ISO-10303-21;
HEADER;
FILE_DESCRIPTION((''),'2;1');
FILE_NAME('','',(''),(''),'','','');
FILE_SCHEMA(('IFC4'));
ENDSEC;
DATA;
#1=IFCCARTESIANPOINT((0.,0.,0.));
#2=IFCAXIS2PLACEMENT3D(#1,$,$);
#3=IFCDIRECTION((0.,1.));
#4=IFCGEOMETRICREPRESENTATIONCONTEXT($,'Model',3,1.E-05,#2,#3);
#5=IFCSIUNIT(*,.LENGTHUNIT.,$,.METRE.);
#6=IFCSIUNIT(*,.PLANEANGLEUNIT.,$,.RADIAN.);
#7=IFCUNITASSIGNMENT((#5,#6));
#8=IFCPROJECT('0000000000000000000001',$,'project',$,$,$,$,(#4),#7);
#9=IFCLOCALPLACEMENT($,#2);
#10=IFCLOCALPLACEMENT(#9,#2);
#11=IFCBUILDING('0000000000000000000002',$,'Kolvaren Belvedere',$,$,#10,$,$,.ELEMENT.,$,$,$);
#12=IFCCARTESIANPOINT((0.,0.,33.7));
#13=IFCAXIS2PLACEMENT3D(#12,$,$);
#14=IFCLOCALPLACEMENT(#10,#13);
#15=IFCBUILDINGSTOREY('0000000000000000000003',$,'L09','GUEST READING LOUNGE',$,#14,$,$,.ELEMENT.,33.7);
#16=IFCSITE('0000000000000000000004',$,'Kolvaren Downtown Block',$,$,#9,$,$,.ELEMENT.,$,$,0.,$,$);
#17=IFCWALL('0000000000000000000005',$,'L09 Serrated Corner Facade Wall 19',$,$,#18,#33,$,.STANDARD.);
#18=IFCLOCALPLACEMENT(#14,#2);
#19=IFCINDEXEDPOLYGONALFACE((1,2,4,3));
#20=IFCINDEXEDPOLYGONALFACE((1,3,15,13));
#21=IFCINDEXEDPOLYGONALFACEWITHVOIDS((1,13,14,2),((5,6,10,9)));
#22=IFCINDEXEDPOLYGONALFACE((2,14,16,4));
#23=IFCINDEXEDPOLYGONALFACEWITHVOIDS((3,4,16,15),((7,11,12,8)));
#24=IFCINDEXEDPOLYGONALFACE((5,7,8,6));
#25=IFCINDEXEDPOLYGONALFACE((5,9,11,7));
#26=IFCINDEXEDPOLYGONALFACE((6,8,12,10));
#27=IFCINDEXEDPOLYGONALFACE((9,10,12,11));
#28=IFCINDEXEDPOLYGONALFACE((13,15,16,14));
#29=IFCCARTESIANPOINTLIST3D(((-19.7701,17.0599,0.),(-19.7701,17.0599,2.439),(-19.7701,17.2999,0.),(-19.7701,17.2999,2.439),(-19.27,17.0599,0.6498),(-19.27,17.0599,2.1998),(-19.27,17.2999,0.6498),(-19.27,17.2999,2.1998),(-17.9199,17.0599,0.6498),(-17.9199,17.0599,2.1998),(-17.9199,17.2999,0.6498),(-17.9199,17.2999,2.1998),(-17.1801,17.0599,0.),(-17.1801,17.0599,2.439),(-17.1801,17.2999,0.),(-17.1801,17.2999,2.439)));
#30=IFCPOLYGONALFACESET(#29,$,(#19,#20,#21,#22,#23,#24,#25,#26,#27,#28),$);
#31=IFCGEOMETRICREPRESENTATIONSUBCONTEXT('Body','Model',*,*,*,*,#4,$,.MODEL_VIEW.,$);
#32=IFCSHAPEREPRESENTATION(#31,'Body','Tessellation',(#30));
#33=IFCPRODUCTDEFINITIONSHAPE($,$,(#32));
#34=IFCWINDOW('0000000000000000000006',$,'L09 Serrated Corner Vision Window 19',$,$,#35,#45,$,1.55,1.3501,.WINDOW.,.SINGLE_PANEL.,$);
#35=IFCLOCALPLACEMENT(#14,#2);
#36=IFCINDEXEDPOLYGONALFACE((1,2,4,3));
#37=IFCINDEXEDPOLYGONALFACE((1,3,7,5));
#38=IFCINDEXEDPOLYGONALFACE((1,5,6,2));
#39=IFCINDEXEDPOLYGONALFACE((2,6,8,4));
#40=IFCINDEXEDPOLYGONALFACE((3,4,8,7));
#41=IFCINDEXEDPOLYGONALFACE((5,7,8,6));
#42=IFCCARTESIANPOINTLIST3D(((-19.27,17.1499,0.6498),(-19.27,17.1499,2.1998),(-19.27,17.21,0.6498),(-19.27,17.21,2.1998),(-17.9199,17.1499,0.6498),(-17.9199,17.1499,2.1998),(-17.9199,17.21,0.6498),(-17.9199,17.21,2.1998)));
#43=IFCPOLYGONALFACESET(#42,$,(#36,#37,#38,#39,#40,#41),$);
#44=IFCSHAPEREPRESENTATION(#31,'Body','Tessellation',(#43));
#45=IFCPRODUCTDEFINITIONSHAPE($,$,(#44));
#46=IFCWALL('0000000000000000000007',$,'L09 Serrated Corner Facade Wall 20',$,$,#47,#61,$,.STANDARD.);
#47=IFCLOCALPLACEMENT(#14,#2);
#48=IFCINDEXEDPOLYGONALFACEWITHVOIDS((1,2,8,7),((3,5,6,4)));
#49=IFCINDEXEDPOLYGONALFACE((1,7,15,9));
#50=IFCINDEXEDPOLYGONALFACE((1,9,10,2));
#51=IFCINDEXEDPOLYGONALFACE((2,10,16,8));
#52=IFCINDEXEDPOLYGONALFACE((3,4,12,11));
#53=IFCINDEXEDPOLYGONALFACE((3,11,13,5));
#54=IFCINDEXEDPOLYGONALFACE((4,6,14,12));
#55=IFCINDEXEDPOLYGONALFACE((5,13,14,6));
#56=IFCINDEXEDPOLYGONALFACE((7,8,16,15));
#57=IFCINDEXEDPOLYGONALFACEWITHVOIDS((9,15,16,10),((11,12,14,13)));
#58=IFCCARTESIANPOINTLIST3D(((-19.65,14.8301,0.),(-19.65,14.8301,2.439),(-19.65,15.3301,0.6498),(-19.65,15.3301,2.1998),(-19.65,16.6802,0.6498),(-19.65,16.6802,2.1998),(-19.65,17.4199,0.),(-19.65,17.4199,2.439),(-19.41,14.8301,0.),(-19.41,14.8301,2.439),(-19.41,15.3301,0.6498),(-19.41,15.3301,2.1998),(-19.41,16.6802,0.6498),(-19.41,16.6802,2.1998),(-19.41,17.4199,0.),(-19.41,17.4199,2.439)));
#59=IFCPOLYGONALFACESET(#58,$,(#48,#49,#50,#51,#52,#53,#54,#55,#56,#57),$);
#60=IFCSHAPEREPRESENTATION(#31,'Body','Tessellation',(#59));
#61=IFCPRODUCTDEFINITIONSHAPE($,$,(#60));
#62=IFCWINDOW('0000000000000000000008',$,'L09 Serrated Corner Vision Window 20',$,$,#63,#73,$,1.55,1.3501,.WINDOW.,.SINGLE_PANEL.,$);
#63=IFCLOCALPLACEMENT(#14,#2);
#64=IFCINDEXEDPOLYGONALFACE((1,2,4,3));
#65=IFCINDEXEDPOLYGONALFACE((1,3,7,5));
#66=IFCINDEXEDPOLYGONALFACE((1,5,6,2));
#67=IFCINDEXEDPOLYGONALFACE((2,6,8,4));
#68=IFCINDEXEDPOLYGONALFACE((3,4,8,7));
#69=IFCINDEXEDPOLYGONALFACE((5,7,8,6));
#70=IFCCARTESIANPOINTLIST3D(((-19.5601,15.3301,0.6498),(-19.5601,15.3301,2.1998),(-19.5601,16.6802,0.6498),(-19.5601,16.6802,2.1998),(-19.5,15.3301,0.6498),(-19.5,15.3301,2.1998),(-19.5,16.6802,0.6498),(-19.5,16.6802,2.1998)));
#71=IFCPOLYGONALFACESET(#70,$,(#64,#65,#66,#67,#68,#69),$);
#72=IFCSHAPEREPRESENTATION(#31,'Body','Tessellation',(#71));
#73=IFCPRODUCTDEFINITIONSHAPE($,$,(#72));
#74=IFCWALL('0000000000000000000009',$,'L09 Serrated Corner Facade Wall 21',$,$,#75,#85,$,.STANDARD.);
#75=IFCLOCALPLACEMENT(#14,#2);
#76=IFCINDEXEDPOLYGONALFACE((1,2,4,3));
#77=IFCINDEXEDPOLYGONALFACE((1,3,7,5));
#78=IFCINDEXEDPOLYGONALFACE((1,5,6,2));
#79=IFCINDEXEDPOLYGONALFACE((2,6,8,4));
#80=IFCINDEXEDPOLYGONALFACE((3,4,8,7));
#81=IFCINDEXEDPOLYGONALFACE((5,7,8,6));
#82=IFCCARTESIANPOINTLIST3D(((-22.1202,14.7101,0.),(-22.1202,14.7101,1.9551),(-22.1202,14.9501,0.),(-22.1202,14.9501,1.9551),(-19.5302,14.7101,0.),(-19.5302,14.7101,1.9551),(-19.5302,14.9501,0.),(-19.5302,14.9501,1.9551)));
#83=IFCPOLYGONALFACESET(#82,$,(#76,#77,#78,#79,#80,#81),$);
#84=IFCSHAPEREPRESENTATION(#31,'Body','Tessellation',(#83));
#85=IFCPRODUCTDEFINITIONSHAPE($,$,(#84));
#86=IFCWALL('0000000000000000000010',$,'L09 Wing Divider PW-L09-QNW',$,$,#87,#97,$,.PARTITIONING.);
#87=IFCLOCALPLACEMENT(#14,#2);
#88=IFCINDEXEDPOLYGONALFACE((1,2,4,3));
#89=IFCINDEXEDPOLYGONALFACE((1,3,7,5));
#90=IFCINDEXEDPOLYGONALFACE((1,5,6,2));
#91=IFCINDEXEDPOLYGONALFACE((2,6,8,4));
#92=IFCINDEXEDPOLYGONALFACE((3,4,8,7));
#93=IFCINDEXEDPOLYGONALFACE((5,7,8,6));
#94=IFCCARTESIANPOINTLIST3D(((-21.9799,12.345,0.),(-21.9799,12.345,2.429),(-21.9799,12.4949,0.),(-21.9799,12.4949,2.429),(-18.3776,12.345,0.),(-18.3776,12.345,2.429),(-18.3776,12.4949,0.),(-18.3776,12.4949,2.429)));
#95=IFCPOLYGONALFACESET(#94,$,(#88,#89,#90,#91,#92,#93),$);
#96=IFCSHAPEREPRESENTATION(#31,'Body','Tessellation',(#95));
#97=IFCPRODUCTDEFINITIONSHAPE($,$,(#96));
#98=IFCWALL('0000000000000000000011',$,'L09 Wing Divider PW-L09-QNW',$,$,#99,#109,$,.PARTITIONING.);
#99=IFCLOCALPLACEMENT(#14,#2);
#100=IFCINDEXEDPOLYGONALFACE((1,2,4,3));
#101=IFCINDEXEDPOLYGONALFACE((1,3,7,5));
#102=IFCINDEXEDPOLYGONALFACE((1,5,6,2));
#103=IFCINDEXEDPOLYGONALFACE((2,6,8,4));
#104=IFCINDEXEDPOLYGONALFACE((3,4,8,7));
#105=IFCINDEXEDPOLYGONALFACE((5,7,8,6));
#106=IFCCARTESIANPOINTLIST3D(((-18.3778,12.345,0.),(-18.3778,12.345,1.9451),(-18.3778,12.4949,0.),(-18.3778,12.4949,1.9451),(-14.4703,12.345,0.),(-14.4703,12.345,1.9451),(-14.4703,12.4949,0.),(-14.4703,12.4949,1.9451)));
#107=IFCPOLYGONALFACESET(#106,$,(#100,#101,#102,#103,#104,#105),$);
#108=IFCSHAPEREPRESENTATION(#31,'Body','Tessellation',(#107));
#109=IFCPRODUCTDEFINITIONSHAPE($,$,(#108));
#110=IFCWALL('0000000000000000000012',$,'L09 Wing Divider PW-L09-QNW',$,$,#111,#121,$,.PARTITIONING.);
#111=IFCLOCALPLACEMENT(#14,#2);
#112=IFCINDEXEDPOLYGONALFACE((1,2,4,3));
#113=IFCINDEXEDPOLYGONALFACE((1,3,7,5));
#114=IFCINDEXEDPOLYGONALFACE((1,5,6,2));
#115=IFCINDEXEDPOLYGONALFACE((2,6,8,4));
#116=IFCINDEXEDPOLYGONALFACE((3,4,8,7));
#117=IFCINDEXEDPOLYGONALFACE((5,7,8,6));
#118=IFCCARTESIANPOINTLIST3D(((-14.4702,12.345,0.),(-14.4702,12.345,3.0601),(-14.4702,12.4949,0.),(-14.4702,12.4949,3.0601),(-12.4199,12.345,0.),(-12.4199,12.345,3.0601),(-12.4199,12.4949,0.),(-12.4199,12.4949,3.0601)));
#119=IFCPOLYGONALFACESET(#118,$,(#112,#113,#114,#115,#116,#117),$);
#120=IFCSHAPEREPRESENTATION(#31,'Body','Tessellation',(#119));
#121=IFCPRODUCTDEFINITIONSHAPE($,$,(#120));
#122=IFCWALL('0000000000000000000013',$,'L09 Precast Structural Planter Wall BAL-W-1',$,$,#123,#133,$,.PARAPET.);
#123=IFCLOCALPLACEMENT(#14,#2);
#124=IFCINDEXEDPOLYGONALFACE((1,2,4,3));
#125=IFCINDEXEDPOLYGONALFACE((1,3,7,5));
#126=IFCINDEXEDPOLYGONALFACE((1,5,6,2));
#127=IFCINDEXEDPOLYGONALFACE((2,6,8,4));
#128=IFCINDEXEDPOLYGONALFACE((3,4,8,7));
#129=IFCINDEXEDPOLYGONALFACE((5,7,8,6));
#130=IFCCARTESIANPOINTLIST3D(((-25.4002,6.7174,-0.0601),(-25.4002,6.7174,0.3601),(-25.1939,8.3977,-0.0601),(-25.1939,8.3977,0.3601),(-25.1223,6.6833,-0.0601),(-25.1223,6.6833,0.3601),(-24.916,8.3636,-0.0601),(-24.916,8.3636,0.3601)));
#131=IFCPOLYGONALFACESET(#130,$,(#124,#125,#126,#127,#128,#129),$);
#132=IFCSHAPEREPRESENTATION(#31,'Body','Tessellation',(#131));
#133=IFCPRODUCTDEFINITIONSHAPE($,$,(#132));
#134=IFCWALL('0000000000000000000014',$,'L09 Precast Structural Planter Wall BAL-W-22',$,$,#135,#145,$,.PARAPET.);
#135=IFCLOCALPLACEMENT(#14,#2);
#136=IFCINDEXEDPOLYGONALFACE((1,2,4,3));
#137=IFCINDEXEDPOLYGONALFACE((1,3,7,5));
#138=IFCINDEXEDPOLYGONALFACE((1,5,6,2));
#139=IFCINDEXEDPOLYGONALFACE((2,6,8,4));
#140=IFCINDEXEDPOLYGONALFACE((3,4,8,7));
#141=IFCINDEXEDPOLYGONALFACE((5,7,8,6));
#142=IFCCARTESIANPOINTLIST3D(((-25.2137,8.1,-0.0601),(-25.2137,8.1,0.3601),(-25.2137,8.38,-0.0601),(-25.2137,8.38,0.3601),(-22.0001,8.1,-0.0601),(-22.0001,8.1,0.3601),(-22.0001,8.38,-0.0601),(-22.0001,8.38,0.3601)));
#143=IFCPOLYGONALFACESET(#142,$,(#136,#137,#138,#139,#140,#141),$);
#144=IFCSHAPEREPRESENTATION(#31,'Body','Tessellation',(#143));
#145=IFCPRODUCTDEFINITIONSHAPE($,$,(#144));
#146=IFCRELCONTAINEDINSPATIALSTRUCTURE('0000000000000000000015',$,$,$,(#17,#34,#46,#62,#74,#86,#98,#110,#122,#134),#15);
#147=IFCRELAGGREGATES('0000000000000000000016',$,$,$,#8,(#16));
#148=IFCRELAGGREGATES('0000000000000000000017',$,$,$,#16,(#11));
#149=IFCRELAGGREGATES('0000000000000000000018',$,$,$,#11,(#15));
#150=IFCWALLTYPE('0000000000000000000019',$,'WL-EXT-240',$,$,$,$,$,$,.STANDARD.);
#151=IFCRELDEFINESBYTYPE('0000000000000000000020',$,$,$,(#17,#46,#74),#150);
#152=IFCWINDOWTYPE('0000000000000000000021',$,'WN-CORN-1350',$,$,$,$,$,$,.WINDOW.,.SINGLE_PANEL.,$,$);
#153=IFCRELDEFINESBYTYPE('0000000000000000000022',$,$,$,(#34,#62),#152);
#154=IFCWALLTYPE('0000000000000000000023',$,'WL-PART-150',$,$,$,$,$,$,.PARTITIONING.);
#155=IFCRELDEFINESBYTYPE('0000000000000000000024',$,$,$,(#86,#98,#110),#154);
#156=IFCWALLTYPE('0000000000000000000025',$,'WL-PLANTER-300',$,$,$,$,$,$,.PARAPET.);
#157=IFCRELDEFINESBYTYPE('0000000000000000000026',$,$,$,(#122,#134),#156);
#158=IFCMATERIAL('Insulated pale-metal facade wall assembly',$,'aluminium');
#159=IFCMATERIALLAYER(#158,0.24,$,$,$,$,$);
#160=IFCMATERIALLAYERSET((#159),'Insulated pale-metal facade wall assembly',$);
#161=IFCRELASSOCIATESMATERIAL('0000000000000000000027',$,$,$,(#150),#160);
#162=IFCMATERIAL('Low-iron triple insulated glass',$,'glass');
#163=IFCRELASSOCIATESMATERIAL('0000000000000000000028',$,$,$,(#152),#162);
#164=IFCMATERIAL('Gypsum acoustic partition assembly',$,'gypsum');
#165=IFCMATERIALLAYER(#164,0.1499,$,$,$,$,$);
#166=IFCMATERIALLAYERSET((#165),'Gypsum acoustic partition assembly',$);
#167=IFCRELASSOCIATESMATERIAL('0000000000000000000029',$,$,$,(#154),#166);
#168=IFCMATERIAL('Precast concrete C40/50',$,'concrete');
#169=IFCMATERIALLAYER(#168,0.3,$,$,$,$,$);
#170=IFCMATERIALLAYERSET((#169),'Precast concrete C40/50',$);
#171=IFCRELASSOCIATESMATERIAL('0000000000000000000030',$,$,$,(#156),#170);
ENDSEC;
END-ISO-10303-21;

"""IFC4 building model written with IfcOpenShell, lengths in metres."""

from ifc_helpers import new_model, si_unit, direction, frame, frame_2d, origin, place, context, subcontext, project, spatial, rectangle, extrude, material, layer, layer_set, type_object, element, fill, save


model = new_model("IFC4")

# Units and contexts
model_context = context("Model", 3, precision=1e-05, world=origin(), true_north=direction((0.0, 1.0)))
body_context = subcontext(model_context, "Body", "Model", "MODEL_VIEW")
ifc_project = project(units=[si_unit("LENGTHUNIT", "METRE"), si_unit("PLANEANGLEUNIT", "RADIAN")], contexts=[model_context])

# Site, building, storey
site_placement = place(None, origin())
site = spatial("IfcSite", under=ifc_project, at=site_placement, Name="Kolvaren Downtown Block", CompositionType="ELEMENT", RefElevation=0.0)
building_placement = place(site_placement, origin())
building = spatial("IfcBuilding", under=site, at=building_placement, Name="Kolvaren Belvedere", CompositionType="ELEMENT")
storey_placement = place(building_placement, frame((0.0, 0.0, 33.7)))
storey = spatial("IfcBuildingStorey", under=building, at=storey_placement, Name="L09", Description="GUEST READING LOUNGE", CompositionType="ELEMENT", Elevation=33.7)

# Shared definitions
ifc_material_1 = material(Name="Insulated pale-metal facade wall assembly", Category="aluminium")
ifc_layer_1 = layer(ifc_material_1, 0.24)
ifc_layer_set_1 = layer_set([ifc_layer_1], Name="Insulated pale-metal facade wall assembly")
wall_type_1 = type_object("IfcWallType", Name="WL-EXT-240", PredefinedType="STANDARD", material=ifc_layer_set_1)

# Walls, openings, windows
ifc_material_2 = material(Name="Low-iron triple insulated glass", Category="glass")
window_type = type_object("IfcWindowType", Name="WN-CORN-1350", PartitioningType="SINGLE_PANEL", PredefinedType="WINDOW", material=ifc_material_2)
wall_1_placement = place(storey_placement, frame((-19.77, 17.1799, 0.0), z_axis=(0.0, 0.0, 1.0), x_axis=(1.0, 0.0, 0.0)))
wall_1 = element("IfcWall", 1, at=wall_1_placement, inside=storey, type_object=wall_type_1, Name="L09 Serrated Corner Facade Wall 19", PredefinedType="STANDARD", context=body_context, shape_type="SweptSolid", body=[
    extrude(rectangle(XDim=2.5901, YDim=0.24, at=frame_2d((1.2949, 0.0))), origin(), (0.0, 0.0, 1.0), 2.439),
])
opening_1_placement = place(wall_1_placement, frame((0.5, 0.0, 0.6499)))
opening_1 = element("IfcOpeningElement", 2, at=opening_1_placement, cuts=wall_1, PredefinedType="OPENING", context=body_context, shape_type="SweptSolid", body=[
    extrude(rectangle(XDim=1.3501, YDim=1.55, at=frame_2d((0.675, 0.7749))), frame((0.0, 0.1299, 0.0), z_axis=(0.0, -1.0, 0.0), x_axis=(1.0, 0.0, 0.0)), (0.0, 0.0, 1.0), 0.26),
])
window_1_placement = place(opening_1_placement, origin())
window_1 = element("IfcWindow", 3, at=window_1_placement, inside=storey, type_object=window_type, Name="L09 Serrated Corner Vision Window 19", OverallHeight=1.55, OverallWidth=1.3501, PartitioningType="SINGLE_PANEL", PredefinedType="WINDOW", context=body_context, shape_type="SweptSolid", body=[
    extrude(rectangle(XDim=1.3501, YDim=1.55, at=frame_2d((0.675, 0.7749))), frame((0.0, 0.03, 0.0), z_axis=(0.0, -1.0, 0.0), x_axis=(1.0, 0.0, 0.0)), (0.0, 0.0, 1.0), 0.0601),
])
fill(opening_1, window_1)
wall_2_placement = place(storey_placement, frame((-19.53, 14.8301, 0.0), z_axis=(0.0, 0.0, 1.0), x_axis=(0.0, 1.0, 0.0)))
wall_2 = element("IfcWall", 4, at=wall_2_placement, inside=storey, type_object=wall_type_1, Name="L09 Serrated Corner Facade Wall 20", PredefinedType="STANDARD", context=body_context, shape_type="SweptSolid", body=[
    extrude(rectangle(XDim=2.5898, YDim=0.24, at=frame_2d((1.2949, 0.0))), origin(), (0.0, 0.0, 1.0), 2.439),
])
opening_2_placement = place(wall_2_placement, frame((0.5, 0.0, 0.6499)))
opening_2 = element("IfcOpeningElement", 5, at=opening_2_placement, cuts=wall_2, PredefinedType="OPENING", context=body_context, shape_type="SweptSolid", body=[
    extrude(rectangle(XDim=1.3501, YDim=1.55, at=frame_2d((0.675, 0.7749))), frame((0.0, 0.1299, 0.0), z_axis=(0.0, -1.0, 0.0), x_axis=(1.0, 0.0, 0.0)), (0.0, 0.0, 1.0), 0.26),
])
window_2_placement = place(opening_2_placement, origin())
window_2 = element("IfcWindow", 6, at=window_2_placement, inside=storey, type_object=window_type, Name="L09 Serrated Corner Vision Window 20", OverallHeight=1.55, OverallWidth=1.3501, PartitioningType="SINGLE_PANEL", PredefinedType="WINDOW", context=body_context, shape_type="SweptSolid", body=[
    extrude(rectangle(XDim=1.3501, YDim=1.55, at=frame_2d((0.675, 0.7749))), frame((0.0, 0.03, 0.0), z_axis=(0.0, -1.0, 0.0), x_axis=(1.0, 0.0, 0.0)), (0.0, 0.0, 1.0), 0.0601),
])
fill(opening_2, window_2)

# Walls
wall_3_placement = place(storey_placement, frame((-22.1201, 14.8301, 0.0), z_axis=(0.0, 0.0, 1.0), x_axis=(1.0, 0.0, 0.0)))
element("IfcWall", 7, at=wall_3_placement, inside=storey, type_object=wall_type_1, Name="L09 Serrated Corner Facade Wall 21", PredefinedType="STANDARD", context=body_context, shape_type="SweptSolid", body=[
    extrude(rectangle(XDim=2.5901, YDim=0.24, at=frame_2d((1.2949, 0.0))), origin(), (0.0, 0.0, 1.0), 1.9551),
])
ifc_material_3 = material(Name="Gypsum acoustic partition assembly", Category="gypsum")
ifc_layer_2 = layer(ifc_material_3, 0.1499)
ifc_layer_set_2 = layer_set([ifc_layer_2], Name="Gypsum acoustic partition assembly")
wall_type_2 = type_object("IfcWallType", Name="WL-PART-150", PredefinedType="PARTITIONING", material=ifc_layer_set_2)
wall_4_placement = place(storey_placement, frame((-21.98, 12.4199, 0.0), z_axis=(0.0, 0.0, 1.0), x_axis=(1.0, 0.0, 0.0)))
element("IfcWall", 8, at=wall_4_placement, inside=storey, type_object=wall_type_2, Name="L09 Wing Divider PW-L09-QNW", PredefinedType="PARTITIONING", context=body_context, shape_type="SweptSolid", body=[
    extrude(rectangle(XDim=3.6023, YDim=0.1499, at=frame_2d((1.8013, 0.0))), origin(), (0.0, 0.0, 1.0), 2.429),
])
wall_5_placement = place(storey_placement, frame((-18.3777, 12.4199, 0.0), z_axis=(0.0, 0.0, 1.0), x_axis=(1.0, 0.0, 0.0)))
element("IfcWall", 9, at=wall_5_placement, inside=storey, type_object=wall_type_2, Name="L09 Wing Divider PW-L09-QNW", PredefinedType="PARTITIONING", context=body_context, shape_type="SweptSolid", body=[
    extrude(rectangle(XDim=3.9075, YDim=0.1499, at=frame_2d((1.9536, 0.0))), origin(), (0.0, 0.0, 1.0), 1.9451),
])
wall_6_placement = place(storey_placement, frame((-14.4702, 12.4199, 0.0), z_axis=(0.0, 0.0, 1.0), x_axis=(1.0, 0.0, 0.0)))
element("IfcWall", 10, at=wall_6_placement, inside=storey, type_object=wall_type_2, Name="L09 Wing Divider PW-L09-QNW", PredefinedType="PARTITIONING", context=body_context, shape_type="SweptSolid", body=[
    extrude(rectangle(XDim=2.0503, YDim=0.1499, at=frame_2d((1.0251, 0.0))), origin(), (0.0, 0.0, 1.0), 3.0601),
])
ifc_material_4 = material(Name="Precast concrete C40/50", Category="concrete")
ifc_layer_3 = layer(ifc_material_4, 0.3)
ifc_layer_set_3 = layer_set([ifc_layer_3], Name="Precast concrete C40/50")
wall_type_3 = type_object("IfcWallType", Name="WL-PLANTER-300", PredefinedType="PARAPET", material=ifc_layer_set_3)
wall_7_placement = place(storey_placement, frame((-25.0549, 8.3806, -0.0601), z_axis=(0.0, 0.0, 1.0), x_axis=(-0.121869, -0.992546, 0.0)))
element("IfcWall", 11, at=wall_7_placement, inside=storey, type_object=wall_type_3, Name="L09 Precast Structural Planter Wall BAL-W-1", PredefinedType="PARAPET", context=body_context, shape_type="SweptSolid", body=[
    extrude(rectangle(XDim=1.6929, YDim=0.28, at=frame_2d((0.8464, 0.0))), origin(), (0.0, 0.0, 1.0), 0.4202),
])
wall_8_placement = place(storey_placement, frame((-22.0, 8.24, -0.0601), z_axis=(0.0, 0.0, 1.0), x_axis=(-1.0, 0.0, 0.0)))
element("IfcWall", 12, at=wall_8_placement, inside=storey, type_object=wall_type_3, Name="L09 Precast Structural Planter Wall BAL-W-22", PredefinedType="PARAPET", context=body_context, shape_type="SweptSolid", body=[
    extrude(rectangle(XDim=3.2136, YDim=0.28, at=frame_2d((1.6069, 0.0))), origin(), (0.0, 0.0, 1.0), 0.4202),
])

save(model, "model.ifc")
